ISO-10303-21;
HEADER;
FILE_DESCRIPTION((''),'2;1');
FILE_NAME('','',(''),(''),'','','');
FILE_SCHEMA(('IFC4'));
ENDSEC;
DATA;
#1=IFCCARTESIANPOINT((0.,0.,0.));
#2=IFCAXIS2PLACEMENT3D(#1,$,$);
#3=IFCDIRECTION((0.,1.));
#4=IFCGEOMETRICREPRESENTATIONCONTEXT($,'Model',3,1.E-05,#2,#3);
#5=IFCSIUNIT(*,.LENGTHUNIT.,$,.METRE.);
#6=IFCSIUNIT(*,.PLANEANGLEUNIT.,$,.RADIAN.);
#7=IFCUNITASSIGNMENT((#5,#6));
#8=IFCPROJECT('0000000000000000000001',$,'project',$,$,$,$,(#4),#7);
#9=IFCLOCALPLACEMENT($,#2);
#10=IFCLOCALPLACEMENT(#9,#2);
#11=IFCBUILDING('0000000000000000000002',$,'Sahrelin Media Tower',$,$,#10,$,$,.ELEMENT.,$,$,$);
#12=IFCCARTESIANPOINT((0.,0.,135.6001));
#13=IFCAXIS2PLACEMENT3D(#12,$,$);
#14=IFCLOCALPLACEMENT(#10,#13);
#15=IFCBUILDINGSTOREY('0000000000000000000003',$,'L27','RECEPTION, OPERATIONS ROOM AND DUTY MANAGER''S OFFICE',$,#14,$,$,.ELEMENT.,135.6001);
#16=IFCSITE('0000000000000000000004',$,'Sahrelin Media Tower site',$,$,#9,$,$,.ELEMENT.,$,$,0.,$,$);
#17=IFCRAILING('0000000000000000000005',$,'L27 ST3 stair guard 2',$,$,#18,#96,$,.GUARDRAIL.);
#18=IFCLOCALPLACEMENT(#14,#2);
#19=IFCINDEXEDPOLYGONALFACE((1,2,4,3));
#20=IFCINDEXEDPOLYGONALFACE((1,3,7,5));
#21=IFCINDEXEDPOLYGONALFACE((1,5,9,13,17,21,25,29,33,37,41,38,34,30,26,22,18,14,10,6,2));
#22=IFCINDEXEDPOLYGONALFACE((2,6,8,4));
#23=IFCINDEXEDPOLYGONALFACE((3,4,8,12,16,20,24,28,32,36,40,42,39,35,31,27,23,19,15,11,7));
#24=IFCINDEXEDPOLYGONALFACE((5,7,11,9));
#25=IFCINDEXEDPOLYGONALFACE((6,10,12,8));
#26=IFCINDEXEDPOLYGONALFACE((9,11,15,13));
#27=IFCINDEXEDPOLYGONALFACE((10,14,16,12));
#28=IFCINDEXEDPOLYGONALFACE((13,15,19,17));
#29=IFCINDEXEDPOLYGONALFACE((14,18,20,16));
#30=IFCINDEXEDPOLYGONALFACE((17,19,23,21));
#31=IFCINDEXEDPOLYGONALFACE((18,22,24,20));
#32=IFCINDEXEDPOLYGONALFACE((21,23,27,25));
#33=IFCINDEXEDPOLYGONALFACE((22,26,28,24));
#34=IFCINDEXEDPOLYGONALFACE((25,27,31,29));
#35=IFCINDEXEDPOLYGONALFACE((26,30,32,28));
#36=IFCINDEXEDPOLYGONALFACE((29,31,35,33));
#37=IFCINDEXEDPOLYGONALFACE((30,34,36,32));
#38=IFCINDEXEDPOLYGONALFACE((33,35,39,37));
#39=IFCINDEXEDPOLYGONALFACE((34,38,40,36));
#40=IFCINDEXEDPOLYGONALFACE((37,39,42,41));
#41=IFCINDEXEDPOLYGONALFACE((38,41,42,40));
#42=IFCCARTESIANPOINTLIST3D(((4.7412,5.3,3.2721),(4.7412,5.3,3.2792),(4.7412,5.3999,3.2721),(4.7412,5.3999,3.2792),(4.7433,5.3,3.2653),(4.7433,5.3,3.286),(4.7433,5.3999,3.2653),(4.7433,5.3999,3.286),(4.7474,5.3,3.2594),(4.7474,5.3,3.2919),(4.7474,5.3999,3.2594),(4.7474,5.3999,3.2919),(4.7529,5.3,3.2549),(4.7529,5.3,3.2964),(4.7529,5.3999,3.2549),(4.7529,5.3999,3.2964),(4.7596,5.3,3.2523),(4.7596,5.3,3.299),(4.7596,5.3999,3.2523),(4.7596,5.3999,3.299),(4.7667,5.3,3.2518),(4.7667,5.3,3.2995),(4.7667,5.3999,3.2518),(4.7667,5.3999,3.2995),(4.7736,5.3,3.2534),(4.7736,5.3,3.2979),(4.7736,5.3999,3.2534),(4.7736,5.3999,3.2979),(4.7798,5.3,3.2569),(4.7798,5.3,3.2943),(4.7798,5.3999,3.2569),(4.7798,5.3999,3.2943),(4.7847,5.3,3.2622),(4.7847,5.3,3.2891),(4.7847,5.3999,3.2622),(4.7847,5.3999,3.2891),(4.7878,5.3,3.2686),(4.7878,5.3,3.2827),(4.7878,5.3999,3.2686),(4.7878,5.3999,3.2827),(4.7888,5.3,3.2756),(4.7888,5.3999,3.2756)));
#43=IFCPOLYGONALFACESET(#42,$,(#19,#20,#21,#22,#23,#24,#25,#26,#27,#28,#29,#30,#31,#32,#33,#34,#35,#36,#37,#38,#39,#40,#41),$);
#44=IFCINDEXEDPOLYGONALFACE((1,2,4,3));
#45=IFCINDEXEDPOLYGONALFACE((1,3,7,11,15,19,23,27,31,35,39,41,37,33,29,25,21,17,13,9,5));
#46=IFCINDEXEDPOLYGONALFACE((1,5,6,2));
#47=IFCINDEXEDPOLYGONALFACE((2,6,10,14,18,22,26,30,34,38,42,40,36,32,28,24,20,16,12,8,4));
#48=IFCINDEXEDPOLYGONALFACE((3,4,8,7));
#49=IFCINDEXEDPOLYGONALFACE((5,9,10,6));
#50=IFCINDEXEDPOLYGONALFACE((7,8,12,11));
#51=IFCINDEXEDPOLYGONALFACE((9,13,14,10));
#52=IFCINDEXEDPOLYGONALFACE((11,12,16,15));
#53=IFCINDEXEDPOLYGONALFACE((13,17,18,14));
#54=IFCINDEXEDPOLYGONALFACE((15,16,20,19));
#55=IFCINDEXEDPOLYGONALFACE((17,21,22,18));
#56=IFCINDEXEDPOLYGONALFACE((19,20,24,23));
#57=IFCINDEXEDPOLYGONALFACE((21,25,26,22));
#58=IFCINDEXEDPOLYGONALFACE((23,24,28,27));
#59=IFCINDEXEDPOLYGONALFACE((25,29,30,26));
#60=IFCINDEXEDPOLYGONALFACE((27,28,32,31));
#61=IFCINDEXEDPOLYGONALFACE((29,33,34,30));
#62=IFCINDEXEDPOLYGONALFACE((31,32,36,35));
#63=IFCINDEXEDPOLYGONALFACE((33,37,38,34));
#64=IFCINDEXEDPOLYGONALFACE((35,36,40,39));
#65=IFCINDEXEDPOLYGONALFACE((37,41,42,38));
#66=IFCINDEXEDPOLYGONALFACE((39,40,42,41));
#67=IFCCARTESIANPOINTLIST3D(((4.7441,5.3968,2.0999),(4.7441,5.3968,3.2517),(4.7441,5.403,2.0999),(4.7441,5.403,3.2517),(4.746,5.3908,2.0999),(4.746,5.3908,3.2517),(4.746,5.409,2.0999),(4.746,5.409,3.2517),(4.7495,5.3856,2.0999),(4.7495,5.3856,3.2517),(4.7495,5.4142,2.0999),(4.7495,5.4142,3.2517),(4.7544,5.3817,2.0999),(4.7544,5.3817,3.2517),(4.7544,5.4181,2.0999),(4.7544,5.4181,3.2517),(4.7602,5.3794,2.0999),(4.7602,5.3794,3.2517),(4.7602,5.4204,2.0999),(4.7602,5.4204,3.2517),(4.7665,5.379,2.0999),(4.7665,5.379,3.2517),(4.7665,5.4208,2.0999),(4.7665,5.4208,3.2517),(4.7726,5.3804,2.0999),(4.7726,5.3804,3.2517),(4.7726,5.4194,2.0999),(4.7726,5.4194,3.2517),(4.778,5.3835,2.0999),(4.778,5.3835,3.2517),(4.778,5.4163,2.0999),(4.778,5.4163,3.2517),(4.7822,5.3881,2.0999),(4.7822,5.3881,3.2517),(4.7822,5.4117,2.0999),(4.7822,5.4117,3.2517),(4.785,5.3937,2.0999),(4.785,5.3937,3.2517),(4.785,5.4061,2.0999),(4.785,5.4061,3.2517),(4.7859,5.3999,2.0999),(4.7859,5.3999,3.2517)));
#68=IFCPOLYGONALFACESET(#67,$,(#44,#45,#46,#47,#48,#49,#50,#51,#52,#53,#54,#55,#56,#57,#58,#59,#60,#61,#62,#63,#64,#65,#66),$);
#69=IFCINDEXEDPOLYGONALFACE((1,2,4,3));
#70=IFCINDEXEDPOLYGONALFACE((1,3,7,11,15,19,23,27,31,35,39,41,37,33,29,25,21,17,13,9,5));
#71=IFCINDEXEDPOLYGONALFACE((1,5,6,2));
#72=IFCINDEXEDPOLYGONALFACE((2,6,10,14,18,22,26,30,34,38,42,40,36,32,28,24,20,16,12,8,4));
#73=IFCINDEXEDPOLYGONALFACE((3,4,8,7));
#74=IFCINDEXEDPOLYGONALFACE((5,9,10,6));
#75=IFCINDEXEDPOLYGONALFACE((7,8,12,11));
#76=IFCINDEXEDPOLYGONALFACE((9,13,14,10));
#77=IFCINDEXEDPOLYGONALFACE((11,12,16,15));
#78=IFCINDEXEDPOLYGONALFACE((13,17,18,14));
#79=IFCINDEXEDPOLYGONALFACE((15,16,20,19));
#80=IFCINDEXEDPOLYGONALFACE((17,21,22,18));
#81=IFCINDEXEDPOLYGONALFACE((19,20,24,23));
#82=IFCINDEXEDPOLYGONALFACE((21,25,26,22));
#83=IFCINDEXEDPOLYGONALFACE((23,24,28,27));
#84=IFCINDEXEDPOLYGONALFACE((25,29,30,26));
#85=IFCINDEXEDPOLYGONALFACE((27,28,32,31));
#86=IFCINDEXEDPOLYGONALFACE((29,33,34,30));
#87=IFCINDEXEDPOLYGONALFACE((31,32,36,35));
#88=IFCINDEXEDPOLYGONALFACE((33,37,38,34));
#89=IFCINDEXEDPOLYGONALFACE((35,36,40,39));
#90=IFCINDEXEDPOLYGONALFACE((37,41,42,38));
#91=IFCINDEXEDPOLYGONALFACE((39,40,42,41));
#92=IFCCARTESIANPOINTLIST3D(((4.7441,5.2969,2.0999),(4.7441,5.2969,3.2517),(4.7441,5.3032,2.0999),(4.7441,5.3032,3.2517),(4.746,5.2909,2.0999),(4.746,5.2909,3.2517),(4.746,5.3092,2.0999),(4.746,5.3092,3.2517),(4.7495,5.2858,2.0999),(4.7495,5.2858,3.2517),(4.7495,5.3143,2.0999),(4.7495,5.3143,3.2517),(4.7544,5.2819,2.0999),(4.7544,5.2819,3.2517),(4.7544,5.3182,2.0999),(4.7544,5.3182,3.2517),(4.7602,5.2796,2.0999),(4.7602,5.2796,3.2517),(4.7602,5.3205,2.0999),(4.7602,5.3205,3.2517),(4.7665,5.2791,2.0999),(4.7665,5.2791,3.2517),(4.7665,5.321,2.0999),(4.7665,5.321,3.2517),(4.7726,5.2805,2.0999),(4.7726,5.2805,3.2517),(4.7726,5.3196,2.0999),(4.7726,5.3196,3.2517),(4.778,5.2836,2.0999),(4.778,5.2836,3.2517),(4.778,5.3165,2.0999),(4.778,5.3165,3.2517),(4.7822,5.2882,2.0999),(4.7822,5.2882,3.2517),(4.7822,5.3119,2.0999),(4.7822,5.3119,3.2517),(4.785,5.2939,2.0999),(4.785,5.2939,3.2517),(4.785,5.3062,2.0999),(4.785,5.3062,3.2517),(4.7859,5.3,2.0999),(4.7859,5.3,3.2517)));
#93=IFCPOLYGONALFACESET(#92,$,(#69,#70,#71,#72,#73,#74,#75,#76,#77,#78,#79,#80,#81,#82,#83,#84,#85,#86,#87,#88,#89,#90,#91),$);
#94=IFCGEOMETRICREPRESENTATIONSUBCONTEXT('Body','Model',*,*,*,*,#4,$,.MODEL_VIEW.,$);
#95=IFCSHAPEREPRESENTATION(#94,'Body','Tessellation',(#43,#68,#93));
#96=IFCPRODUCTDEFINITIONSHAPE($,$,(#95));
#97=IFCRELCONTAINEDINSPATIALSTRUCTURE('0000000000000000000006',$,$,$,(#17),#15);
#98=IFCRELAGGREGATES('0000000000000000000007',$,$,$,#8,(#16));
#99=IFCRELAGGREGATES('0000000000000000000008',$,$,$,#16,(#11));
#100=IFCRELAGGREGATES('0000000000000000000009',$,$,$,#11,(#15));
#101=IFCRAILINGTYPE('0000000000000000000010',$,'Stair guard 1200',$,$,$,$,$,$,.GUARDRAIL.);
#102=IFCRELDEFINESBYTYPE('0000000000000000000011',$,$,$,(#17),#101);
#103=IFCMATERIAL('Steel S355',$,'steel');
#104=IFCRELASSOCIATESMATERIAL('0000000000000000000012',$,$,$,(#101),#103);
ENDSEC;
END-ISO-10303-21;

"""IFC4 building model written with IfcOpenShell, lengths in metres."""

from ifc_helpers import new_model, si_unit, direction, frame, origin, origin_2d, place, context, subcontext, project, spatial, circle, extrude, material, type_object, element, save


model = new_model("IFC4")

# Units and contexts
model_context = context("Model", 3, precision=1e-05, world=origin(), true_north=direction((0.0, 1.0)))
body_context = subcontext(model_context, "Body", "Model", "MODEL_VIEW")
ifc_project = project(units=[si_unit("LENGTHUNIT", "METRE"), si_unit("PLANEANGLEUNIT", "RADIAN")], contexts=[model_context])

# Site, building, storey
site_placement = place(None, origin())
site = spatial("IfcSite", under=ifc_project, at=site_placement, Name="Sahrelin Media Tower site", CompositionType="ELEMENT", RefElevation=0.0)
building_placement = place(site_placement, origin())
building = spatial("IfcBuilding", under=site, at=building_placement, Name="Sahrelin Media Tower", CompositionType="ELEMENT")
storey_placement = place(building_placement, frame((0.0, 0.0, 135.6001)))
storey = spatial("IfcBuildingStorey", under=building, at=storey_placement, Name="L27", Description="RECEPTION, OPERATIONS ROOM AND DUTY MANAGER'S OFFICE", CompositionType="ELEMENT", Elevation=135.6001)

# Shared definitions
ifc_material_1 = material(Name="Steel S355", Category="steel")

# Railing
railing_type_1 = type_object("IfcRailingType", Name="Stair guard 1200", PredefinedType="GUARDRAIL", material=ifc_material_1)
railing_1_placement = place(storey_placement, frame((4.7649, 5.3999, 2.0999)))
element("IfcRailing", 1, at=railing_1_placement, inside=storey, type_object=railing_type_1, Name="L27 ST3 stair guard 2", PredefinedType="GUARDRAIL", context=body_context, shape_type="SweptSolid", body=[
    extrude(circle(Radius=0.0239, at=origin_2d()), frame((0.0, 0.0, 1.1758), z_axis=(0.0, -1.0, 0.0), x_axis=(1.0, 0.0, 0.0)), (0.0, 0.0, 1.0), 0.0999),
    extrude(circle(Radius=0.021, at=origin_2d()), origin(), (0.0, 0.0, 1.0), 1.1519),
    extrude(circle(Radius=0.021, at=origin_2d()), frame((0.0, -0.0999, 0.0)), (0.0, 0.0, 1.0), 1.1519),
])

save(model, "model.ifc")
